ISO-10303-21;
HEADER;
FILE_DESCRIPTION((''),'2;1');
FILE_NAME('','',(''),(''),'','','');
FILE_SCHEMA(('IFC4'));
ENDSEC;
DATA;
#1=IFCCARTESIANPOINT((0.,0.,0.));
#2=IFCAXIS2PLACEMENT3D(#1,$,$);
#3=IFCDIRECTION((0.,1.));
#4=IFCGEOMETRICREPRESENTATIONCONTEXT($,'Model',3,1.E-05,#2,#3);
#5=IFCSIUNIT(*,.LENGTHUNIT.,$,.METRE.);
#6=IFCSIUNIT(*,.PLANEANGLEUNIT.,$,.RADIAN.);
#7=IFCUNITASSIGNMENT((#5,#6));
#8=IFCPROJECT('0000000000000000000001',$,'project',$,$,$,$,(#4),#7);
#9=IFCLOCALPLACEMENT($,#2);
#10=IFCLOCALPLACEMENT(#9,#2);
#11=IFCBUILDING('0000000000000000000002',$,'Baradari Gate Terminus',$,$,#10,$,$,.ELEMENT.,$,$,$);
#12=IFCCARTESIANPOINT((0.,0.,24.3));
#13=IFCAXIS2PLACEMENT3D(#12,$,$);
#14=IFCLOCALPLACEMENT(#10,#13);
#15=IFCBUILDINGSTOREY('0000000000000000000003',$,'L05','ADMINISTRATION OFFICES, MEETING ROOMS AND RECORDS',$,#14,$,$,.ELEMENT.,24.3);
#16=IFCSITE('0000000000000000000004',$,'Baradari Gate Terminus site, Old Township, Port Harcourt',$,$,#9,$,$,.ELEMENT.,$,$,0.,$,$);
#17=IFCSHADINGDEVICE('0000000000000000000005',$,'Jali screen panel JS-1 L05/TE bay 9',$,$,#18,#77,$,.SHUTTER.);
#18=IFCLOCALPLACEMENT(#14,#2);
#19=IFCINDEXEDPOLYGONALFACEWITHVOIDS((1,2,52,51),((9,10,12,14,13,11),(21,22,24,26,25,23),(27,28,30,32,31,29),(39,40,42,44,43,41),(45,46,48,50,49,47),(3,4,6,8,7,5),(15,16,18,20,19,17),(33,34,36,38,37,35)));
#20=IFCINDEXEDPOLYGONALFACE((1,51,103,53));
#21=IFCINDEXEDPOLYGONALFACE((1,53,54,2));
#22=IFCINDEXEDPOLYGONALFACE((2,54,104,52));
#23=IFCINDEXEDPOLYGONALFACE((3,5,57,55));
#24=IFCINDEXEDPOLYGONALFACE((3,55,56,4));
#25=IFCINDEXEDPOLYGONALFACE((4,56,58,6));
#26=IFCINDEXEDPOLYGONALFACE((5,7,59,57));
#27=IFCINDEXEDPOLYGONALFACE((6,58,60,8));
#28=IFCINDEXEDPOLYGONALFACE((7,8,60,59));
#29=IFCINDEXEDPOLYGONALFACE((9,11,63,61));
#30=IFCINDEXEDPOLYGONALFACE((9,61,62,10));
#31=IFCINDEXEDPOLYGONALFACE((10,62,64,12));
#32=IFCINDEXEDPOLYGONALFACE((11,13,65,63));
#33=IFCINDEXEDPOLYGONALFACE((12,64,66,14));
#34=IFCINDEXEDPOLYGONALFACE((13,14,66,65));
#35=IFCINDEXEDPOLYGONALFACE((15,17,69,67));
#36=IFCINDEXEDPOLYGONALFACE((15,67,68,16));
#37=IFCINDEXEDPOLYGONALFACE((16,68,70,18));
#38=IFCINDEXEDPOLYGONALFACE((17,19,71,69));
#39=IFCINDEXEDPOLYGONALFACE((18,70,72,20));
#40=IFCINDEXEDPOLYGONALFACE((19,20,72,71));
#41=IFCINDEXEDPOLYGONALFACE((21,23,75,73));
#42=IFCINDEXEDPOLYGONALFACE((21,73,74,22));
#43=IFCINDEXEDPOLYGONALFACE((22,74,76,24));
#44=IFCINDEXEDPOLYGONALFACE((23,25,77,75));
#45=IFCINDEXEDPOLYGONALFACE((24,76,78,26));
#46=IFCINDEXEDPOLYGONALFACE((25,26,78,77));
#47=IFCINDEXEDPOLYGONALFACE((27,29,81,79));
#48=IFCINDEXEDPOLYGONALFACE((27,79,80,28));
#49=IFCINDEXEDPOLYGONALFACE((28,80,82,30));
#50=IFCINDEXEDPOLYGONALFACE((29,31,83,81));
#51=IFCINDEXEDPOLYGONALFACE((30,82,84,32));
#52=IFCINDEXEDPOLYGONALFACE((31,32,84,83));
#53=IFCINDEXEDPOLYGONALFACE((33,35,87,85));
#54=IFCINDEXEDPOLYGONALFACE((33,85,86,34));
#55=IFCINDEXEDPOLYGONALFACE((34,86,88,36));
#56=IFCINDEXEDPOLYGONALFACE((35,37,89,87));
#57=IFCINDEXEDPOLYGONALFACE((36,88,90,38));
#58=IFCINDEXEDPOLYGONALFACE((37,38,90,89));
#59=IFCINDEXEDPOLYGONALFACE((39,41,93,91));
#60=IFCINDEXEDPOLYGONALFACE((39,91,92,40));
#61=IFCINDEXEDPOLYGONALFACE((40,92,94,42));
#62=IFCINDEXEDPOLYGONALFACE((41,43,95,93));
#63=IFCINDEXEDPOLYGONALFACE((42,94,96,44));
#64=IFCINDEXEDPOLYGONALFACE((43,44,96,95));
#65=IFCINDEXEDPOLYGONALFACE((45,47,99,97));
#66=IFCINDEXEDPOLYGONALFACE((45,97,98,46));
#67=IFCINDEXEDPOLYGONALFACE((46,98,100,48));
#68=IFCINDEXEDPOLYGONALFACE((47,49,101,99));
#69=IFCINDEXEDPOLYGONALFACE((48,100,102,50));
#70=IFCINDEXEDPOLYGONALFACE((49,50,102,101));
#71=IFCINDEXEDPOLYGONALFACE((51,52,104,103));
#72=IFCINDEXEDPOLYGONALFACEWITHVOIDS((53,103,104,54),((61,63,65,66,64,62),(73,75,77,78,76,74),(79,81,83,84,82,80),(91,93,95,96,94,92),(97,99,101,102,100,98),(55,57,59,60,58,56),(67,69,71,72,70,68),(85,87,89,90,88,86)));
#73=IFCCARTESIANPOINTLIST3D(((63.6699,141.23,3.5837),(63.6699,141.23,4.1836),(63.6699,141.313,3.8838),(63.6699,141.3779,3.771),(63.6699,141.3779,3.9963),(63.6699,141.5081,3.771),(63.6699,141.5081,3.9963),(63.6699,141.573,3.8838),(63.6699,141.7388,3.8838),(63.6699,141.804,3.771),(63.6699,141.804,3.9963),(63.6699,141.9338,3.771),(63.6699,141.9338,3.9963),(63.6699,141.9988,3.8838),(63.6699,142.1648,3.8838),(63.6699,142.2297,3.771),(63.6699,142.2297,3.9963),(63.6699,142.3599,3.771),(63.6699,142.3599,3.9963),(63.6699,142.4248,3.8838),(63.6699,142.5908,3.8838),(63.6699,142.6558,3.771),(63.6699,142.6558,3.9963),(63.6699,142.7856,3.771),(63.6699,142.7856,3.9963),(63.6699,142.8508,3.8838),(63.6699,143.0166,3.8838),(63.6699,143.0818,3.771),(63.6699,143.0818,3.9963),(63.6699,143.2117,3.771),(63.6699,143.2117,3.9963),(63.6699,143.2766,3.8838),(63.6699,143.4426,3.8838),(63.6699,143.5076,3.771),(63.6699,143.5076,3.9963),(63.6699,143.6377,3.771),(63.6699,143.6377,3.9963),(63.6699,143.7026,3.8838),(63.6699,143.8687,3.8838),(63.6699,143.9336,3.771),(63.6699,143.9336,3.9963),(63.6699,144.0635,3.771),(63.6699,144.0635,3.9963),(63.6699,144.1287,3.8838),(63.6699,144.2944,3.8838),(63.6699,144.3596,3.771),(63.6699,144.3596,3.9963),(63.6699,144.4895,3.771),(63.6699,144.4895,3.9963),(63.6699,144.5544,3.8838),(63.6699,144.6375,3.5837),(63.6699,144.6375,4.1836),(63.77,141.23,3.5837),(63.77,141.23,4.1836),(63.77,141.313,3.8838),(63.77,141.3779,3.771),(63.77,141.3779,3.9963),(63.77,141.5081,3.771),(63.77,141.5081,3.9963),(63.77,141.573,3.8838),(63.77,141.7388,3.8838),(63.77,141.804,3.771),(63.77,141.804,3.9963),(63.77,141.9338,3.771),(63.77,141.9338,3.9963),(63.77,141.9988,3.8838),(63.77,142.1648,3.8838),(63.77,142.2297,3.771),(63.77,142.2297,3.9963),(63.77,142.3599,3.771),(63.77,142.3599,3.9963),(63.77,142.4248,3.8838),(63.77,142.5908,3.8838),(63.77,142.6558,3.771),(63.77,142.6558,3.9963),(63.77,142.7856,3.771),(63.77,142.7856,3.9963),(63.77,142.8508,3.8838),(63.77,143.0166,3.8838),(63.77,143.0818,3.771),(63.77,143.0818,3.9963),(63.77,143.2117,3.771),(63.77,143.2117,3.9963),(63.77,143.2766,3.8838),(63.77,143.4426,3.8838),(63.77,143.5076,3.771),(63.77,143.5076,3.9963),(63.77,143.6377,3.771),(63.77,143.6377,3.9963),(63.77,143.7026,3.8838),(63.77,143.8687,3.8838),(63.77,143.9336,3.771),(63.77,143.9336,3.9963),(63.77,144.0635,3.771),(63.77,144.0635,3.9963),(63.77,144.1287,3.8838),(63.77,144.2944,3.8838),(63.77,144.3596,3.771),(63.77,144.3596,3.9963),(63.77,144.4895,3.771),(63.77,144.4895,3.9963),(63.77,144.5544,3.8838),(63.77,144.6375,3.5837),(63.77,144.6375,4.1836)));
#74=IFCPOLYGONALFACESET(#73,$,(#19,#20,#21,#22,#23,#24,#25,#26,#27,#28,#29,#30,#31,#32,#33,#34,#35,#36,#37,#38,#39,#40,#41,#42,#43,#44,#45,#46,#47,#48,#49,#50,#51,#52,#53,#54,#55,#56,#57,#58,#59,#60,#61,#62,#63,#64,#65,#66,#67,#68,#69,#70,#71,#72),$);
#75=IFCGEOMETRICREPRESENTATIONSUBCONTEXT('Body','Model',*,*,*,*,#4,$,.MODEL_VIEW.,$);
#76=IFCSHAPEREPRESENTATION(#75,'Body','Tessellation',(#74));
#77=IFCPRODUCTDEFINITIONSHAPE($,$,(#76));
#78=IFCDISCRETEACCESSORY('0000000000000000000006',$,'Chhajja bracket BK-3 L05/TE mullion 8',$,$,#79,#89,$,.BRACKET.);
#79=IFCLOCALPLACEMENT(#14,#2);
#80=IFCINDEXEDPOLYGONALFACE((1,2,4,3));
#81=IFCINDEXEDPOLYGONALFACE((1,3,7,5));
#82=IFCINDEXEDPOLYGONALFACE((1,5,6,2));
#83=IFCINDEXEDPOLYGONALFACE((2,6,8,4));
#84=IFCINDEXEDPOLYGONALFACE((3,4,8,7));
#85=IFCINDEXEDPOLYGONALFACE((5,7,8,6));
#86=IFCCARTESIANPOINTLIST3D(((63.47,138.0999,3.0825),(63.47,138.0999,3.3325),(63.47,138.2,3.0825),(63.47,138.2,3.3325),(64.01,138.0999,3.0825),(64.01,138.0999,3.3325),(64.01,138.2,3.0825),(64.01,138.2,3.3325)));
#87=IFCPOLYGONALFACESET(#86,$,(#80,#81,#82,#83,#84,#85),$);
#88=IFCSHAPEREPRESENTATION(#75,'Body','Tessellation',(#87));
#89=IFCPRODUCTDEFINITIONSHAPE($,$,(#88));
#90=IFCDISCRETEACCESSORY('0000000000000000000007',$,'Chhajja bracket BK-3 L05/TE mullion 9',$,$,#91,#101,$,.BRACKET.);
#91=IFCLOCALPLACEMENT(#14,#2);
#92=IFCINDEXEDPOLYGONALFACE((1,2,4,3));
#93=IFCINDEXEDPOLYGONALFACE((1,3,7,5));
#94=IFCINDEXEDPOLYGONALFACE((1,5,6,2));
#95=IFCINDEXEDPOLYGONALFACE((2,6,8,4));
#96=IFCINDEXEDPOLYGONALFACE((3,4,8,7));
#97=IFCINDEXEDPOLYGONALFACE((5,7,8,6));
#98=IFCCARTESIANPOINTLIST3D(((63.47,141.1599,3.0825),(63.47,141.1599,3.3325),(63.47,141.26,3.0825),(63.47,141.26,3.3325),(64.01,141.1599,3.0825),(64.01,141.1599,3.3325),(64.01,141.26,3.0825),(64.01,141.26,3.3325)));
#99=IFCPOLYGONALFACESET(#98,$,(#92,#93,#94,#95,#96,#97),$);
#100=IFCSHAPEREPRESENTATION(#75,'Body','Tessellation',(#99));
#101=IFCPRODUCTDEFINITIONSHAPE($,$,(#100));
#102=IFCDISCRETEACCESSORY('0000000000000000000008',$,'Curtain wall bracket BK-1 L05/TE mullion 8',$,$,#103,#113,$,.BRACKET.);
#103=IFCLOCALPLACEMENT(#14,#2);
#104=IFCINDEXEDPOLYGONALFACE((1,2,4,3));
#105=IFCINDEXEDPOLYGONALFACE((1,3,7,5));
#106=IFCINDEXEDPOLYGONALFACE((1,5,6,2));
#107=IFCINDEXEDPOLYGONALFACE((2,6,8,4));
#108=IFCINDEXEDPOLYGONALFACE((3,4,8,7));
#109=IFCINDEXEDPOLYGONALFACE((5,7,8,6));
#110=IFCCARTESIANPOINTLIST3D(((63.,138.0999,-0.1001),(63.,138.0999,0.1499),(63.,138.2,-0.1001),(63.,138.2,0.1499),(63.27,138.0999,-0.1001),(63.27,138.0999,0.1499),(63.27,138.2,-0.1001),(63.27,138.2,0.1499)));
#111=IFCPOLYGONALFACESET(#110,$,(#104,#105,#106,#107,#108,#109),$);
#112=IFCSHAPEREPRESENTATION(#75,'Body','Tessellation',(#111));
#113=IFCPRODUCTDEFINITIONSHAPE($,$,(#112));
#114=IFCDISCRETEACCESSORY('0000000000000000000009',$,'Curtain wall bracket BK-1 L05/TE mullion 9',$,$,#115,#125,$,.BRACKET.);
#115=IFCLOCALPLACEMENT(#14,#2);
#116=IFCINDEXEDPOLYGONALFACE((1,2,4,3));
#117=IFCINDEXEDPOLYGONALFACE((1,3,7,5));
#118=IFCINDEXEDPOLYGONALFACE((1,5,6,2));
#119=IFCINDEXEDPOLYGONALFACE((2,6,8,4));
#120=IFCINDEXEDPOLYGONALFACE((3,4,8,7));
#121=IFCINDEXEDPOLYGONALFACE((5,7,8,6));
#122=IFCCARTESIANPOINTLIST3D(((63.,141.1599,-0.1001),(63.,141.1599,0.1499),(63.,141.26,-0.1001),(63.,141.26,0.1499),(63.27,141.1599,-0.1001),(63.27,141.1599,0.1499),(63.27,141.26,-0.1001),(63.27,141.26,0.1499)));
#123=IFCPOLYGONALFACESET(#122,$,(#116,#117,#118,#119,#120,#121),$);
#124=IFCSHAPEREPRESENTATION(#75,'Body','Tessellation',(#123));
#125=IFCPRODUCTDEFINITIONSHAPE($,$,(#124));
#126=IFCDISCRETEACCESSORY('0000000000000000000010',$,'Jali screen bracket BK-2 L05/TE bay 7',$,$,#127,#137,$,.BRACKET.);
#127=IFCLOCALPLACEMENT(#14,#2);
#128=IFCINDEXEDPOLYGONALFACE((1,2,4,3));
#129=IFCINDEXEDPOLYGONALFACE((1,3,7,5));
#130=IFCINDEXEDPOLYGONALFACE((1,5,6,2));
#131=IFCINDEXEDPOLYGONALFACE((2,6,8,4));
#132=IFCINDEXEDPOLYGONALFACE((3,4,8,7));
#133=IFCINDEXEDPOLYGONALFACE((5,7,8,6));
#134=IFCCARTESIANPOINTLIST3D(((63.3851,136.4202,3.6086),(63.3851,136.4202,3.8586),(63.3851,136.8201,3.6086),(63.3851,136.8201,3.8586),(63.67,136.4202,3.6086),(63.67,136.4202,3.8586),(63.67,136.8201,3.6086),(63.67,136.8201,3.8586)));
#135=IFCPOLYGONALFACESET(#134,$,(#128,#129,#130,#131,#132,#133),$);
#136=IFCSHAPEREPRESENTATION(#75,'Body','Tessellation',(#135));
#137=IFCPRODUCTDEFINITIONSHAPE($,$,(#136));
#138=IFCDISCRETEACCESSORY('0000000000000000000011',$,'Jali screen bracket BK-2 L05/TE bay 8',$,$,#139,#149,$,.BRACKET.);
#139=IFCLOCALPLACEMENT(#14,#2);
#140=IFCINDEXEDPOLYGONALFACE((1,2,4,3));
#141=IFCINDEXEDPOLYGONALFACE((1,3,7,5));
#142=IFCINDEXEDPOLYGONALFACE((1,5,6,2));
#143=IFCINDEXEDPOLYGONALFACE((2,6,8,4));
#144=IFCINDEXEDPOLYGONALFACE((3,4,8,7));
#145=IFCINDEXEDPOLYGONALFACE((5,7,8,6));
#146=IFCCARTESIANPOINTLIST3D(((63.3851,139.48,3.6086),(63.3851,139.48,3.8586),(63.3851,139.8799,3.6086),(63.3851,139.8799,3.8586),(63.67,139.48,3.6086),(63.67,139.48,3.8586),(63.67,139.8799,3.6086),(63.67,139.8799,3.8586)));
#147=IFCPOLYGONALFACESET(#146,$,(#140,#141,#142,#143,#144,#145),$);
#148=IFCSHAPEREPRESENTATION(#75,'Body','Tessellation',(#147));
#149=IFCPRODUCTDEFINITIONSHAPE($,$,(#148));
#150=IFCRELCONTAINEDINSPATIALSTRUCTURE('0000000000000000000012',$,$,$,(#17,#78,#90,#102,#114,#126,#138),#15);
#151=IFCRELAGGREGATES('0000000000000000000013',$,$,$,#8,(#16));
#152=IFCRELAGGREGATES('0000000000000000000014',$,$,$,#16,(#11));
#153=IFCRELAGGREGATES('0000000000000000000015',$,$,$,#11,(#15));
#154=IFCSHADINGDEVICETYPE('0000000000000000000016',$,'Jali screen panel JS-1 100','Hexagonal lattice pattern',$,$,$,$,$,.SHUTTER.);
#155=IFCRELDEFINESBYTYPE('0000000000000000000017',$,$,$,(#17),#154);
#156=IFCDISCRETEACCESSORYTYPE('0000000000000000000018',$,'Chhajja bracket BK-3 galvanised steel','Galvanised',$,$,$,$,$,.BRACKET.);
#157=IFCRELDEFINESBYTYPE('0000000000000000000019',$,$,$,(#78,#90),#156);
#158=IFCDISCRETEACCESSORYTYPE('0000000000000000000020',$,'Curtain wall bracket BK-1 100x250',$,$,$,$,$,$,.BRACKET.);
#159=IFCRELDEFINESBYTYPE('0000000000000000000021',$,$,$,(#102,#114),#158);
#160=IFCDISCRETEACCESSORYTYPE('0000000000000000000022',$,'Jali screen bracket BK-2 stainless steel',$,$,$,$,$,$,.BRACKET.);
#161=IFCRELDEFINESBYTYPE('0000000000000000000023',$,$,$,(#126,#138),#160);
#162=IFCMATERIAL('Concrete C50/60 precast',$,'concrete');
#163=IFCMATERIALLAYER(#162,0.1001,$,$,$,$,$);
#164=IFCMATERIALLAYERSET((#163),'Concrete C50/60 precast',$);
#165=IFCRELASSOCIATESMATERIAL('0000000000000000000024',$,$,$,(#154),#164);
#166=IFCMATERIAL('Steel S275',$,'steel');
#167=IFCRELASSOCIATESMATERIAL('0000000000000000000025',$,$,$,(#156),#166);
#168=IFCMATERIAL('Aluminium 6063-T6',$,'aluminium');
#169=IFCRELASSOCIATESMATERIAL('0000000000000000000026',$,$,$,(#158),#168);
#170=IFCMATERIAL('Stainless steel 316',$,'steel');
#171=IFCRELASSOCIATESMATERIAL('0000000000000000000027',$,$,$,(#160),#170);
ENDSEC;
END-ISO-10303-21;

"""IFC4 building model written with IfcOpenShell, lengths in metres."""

from ifc_helpers import new_model, si_unit, direction, frame, origin, origin_2d, place, context, subcontext, project, spatial, polyline, rectangle, outline, extrude, material, layer, layer_set, type_object, element, save


model = new_model("IFC4")

# Units and contexts
model_context = context("Model", 3, precision=1e-05, world=origin(), true_north=direction((0.0, 1.0)))
body_context = subcontext(model_context, "Body", "Model", "MODEL_VIEW")
ifc_project = project(units=[si_unit("LENGTHUNIT", "METRE"), si_unit("PLANEANGLEUNIT", "RADIAN")], contexts=[model_context])

# Site, building, storey
site_placement = place(None, origin())
site = spatial("IfcSite", under=ifc_project, at=site_placement, Name="Baradari Gate Terminus site, Old Township, Port Harcourt", CompositionType="ELEMENT", RefElevation=0.0)
building_placement = place(site_placement, origin())
building = spatial("IfcBuilding", under=site, at=building_placement, Name="Baradari Gate Terminus", CompositionType="ELEMENT")
storey_placement = place(building_placement, frame((0.0, 0.0, 24.3)))
storey = spatial("IfcBuildingStorey", under=building, at=storey_placement, Name="L05", Description="ADMINISTRATION OFFICES, MEETING ROOMS AND RECORDS", CompositionType="ELEMENT", Elevation=24.3)

# Shading device
ifc_material_1 = material(Name="Concrete C50/60 precast", Category="concrete")
ifc_layer_1 = layer(ifc_material_1, 0.1001)
ifc_layer_set_1 = layer_set([ifc_layer_1], Name="Concrete C50/60 precast")
shading_device_type_1 = type_object("IfcShadingDeviceType", Name="Jali screen panel JS-1 100", Description="Hexagonal lattice pattern", PredefinedType="SHUTTER", material=ifc_layer_set_1)
shading_device_1_placement = place(storey_placement, frame((63.72, 141.23, 3.5837), z_axis=(0.0, 0.0, 1.0), x_axis=(0.0, 1.0, 0.0)))
element("IfcShadingDevice", 1, at=shading_device_1_placement, inside=storey, type_object=shading_device_type_1, Name="Jali screen panel JS-1 L05/TE bay 9", PredefinedType="SHUTTER", context=body_context, shape_type="SweptSolid", body=[
    extrude(outline(polyline([(0.0, 0.0), (3.4075, 0.0), (3.4075, 0.5999), (0.0, 0.5999), (0.0, 0.0)]), holes=[polyline([(0.343, 0.3), (0.2781, 0.1873), (0.1479, 0.1873), (0.083, 0.3), (0.1479, 0.4126), (0.2781, 0.4126), (0.343, 0.3)]), polyline([(0.7688, 0.3), (0.7039, 0.1873), (0.574, 0.1873), (0.5088, 0.3), (0.574, 0.4126), (0.7039, 0.4126), (0.7688, 0.3)]), polyline([(1.1948, 0.3), (1.1299, 0.1873), (0.9998, 0.1873), (0.9348, 0.3), (0.9998, 0.4126), (1.1299, 0.4126), (1.1948, 0.3)]), polyline([(1.6208, 0.3), (1.5557, 0.1873), (1.4258, 0.1873), (1.3608, 0.3), (1.4258, 0.4126), (1.5557, 0.4126), (1.6208, 0.3)]), polyline([(2.0466, 0.3), (1.9817, 0.1873), (1.8518, 0.1873), (1.7866, 0.3), (1.8518, 0.4126), (1.9817, 0.4126), (2.0466, 0.3)]), polyline([(2.4727, 0.3), (2.4077, 0.1873), (2.2776, 0.1873), (2.2126, 0.3), (2.2776, 0.4126), (2.4077, 0.4126), (2.4727, 0.3)]), polyline([(2.8987, 0.3), (2.8335, 0.1873), (2.7036, 0.1873), (2.6387, 0.3), (2.7036, 0.4126), (2.8335, 0.4126), (2.8987, 0.3)]), polyline([(3.3245, 0.3), (3.2595, 0.1873), (3.1296, 0.1873), (3.0645, 0.3), (3.1296, 0.4126), (3.2595, 0.4126), (3.3245, 0.3)])]), frame((0.0, 0.05, 0.0), z_axis=(0.0, -1.0, 0.0), x_axis=(1.0, 0.0, 0.0)), (0.0, 0.0, 1.0), 0.1001),
])

# Discrete accessories
ifc_material_2 = material(Name="Steel S275", Category="steel")
discrete_accessory_type_1 = type_object("IfcDiscreteAccessoryType", Name="Chhajja bracket BK-3 galvanised steel", Description="Galvanised", PredefinedType="BRACKET", material=ifc_material_2)
for number, where, z_axis, x_axis, name in (
    (2, (63.74, 138.1499, 3.0825), (0.0, 0.0, 1.0), (1.0, 0.0, 0.0), "Chhajja bracket BK-3 L05/TE mullion 8"),
    (3, (63.74, 141.21, 3.0825), (0.0, 0.0, 1.0), (1.0, 0.0, 0.0), "Chhajja bracket BK-3 L05/TE mullion 9"),
):
    element("IfcDiscreteAccessory", number, at=place(storey_placement, frame(where, z_axis=z_axis, x_axis=x_axis)), inside=storey, type_object=discrete_accessory_type_1, Name=name, PredefinedType="BRACKET", context=body_context, shape_type="SweptSolid", body=[
        extrude(rectangle(XDim=0.54, YDim=0.1001, at=origin_2d()), origin(), (0.0, 0.0, 1.0), 0.25),
    ])
ifc_material_3 = material(Name="Aluminium 6063-T6", Category="aluminium")
discrete_accessory_type_2 = type_object("IfcDiscreteAccessoryType", Name="Curtain wall bracket BK-1 100x250", PredefinedType="BRACKET", material=ifc_material_3)
for number, where, z_axis, x_axis, name in (
    (4, (63.135, 138.1499, -0.1001), (0.0, 0.0, 1.0), (1.0, 0.0, 0.0), "Curtain wall bracket BK-1 L05/TE mullion 8"),
    (5, (63.135, 141.21, -0.1001), (0.0, 0.0, 1.0), (1.0, 0.0, 0.0), "Curtain wall bracket BK-1 L05/TE mullion 9"),
):
    element("IfcDiscreteAccessory", number, at=place(storey_placement, frame(where, z_axis=z_axis, x_axis=x_axis)), inside=storey, type_object=discrete_accessory_type_2, Name=name, PredefinedType="BRACKET", context=body_context, shape_type="SweptSolid", body=[
        extrude(rectangle(XDim=0.27, YDim=0.1001, at=origin_2d()), origin(), (0.0, 0.0, 1.0), 0.25),
    ])
ifc_material_4 = material(Name="Stainless steel 316", Category="steel")
discrete_accessory_type_3 = type_object("IfcDiscreteAccessoryType", Name="Jali screen bracket BK-2 stainless steel", PredefinedType="BRACKET", material=ifc_material_4)
for number, where, z_axis, x_axis, name in (
    (6, (63.5276, 136.6201, 3.6086), (0.0, 0.0, 1.0), (1.0, 0.0, 0.0), "Jali screen bracket BK-2 L05/TE bay 7"),
    (7, (63.5276, 139.6799, 3.6086), (0.0, 0.0, 1.0), (1.0, 0.0, 0.0), "Jali screen bracket BK-2 L05/TE bay 8"),
):
    element("IfcDiscreteAccessory", number, at=place(storey_placement, frame(where, z_axis=z_axis, x_axis=x_axis)), inside=storey, type_object=discrete_accessory_type_3, Name=name, PredefinedType="BRACKET", context=body_context, shape_type="SweptSolid", body=[
        extrude(rectangle(XDim=0.2849, YDim=0.3999, at=origin_2d()), origin(), (0.0, 0.0, 1.0), 0.25),
    ])

save(model, "model.ifc")
